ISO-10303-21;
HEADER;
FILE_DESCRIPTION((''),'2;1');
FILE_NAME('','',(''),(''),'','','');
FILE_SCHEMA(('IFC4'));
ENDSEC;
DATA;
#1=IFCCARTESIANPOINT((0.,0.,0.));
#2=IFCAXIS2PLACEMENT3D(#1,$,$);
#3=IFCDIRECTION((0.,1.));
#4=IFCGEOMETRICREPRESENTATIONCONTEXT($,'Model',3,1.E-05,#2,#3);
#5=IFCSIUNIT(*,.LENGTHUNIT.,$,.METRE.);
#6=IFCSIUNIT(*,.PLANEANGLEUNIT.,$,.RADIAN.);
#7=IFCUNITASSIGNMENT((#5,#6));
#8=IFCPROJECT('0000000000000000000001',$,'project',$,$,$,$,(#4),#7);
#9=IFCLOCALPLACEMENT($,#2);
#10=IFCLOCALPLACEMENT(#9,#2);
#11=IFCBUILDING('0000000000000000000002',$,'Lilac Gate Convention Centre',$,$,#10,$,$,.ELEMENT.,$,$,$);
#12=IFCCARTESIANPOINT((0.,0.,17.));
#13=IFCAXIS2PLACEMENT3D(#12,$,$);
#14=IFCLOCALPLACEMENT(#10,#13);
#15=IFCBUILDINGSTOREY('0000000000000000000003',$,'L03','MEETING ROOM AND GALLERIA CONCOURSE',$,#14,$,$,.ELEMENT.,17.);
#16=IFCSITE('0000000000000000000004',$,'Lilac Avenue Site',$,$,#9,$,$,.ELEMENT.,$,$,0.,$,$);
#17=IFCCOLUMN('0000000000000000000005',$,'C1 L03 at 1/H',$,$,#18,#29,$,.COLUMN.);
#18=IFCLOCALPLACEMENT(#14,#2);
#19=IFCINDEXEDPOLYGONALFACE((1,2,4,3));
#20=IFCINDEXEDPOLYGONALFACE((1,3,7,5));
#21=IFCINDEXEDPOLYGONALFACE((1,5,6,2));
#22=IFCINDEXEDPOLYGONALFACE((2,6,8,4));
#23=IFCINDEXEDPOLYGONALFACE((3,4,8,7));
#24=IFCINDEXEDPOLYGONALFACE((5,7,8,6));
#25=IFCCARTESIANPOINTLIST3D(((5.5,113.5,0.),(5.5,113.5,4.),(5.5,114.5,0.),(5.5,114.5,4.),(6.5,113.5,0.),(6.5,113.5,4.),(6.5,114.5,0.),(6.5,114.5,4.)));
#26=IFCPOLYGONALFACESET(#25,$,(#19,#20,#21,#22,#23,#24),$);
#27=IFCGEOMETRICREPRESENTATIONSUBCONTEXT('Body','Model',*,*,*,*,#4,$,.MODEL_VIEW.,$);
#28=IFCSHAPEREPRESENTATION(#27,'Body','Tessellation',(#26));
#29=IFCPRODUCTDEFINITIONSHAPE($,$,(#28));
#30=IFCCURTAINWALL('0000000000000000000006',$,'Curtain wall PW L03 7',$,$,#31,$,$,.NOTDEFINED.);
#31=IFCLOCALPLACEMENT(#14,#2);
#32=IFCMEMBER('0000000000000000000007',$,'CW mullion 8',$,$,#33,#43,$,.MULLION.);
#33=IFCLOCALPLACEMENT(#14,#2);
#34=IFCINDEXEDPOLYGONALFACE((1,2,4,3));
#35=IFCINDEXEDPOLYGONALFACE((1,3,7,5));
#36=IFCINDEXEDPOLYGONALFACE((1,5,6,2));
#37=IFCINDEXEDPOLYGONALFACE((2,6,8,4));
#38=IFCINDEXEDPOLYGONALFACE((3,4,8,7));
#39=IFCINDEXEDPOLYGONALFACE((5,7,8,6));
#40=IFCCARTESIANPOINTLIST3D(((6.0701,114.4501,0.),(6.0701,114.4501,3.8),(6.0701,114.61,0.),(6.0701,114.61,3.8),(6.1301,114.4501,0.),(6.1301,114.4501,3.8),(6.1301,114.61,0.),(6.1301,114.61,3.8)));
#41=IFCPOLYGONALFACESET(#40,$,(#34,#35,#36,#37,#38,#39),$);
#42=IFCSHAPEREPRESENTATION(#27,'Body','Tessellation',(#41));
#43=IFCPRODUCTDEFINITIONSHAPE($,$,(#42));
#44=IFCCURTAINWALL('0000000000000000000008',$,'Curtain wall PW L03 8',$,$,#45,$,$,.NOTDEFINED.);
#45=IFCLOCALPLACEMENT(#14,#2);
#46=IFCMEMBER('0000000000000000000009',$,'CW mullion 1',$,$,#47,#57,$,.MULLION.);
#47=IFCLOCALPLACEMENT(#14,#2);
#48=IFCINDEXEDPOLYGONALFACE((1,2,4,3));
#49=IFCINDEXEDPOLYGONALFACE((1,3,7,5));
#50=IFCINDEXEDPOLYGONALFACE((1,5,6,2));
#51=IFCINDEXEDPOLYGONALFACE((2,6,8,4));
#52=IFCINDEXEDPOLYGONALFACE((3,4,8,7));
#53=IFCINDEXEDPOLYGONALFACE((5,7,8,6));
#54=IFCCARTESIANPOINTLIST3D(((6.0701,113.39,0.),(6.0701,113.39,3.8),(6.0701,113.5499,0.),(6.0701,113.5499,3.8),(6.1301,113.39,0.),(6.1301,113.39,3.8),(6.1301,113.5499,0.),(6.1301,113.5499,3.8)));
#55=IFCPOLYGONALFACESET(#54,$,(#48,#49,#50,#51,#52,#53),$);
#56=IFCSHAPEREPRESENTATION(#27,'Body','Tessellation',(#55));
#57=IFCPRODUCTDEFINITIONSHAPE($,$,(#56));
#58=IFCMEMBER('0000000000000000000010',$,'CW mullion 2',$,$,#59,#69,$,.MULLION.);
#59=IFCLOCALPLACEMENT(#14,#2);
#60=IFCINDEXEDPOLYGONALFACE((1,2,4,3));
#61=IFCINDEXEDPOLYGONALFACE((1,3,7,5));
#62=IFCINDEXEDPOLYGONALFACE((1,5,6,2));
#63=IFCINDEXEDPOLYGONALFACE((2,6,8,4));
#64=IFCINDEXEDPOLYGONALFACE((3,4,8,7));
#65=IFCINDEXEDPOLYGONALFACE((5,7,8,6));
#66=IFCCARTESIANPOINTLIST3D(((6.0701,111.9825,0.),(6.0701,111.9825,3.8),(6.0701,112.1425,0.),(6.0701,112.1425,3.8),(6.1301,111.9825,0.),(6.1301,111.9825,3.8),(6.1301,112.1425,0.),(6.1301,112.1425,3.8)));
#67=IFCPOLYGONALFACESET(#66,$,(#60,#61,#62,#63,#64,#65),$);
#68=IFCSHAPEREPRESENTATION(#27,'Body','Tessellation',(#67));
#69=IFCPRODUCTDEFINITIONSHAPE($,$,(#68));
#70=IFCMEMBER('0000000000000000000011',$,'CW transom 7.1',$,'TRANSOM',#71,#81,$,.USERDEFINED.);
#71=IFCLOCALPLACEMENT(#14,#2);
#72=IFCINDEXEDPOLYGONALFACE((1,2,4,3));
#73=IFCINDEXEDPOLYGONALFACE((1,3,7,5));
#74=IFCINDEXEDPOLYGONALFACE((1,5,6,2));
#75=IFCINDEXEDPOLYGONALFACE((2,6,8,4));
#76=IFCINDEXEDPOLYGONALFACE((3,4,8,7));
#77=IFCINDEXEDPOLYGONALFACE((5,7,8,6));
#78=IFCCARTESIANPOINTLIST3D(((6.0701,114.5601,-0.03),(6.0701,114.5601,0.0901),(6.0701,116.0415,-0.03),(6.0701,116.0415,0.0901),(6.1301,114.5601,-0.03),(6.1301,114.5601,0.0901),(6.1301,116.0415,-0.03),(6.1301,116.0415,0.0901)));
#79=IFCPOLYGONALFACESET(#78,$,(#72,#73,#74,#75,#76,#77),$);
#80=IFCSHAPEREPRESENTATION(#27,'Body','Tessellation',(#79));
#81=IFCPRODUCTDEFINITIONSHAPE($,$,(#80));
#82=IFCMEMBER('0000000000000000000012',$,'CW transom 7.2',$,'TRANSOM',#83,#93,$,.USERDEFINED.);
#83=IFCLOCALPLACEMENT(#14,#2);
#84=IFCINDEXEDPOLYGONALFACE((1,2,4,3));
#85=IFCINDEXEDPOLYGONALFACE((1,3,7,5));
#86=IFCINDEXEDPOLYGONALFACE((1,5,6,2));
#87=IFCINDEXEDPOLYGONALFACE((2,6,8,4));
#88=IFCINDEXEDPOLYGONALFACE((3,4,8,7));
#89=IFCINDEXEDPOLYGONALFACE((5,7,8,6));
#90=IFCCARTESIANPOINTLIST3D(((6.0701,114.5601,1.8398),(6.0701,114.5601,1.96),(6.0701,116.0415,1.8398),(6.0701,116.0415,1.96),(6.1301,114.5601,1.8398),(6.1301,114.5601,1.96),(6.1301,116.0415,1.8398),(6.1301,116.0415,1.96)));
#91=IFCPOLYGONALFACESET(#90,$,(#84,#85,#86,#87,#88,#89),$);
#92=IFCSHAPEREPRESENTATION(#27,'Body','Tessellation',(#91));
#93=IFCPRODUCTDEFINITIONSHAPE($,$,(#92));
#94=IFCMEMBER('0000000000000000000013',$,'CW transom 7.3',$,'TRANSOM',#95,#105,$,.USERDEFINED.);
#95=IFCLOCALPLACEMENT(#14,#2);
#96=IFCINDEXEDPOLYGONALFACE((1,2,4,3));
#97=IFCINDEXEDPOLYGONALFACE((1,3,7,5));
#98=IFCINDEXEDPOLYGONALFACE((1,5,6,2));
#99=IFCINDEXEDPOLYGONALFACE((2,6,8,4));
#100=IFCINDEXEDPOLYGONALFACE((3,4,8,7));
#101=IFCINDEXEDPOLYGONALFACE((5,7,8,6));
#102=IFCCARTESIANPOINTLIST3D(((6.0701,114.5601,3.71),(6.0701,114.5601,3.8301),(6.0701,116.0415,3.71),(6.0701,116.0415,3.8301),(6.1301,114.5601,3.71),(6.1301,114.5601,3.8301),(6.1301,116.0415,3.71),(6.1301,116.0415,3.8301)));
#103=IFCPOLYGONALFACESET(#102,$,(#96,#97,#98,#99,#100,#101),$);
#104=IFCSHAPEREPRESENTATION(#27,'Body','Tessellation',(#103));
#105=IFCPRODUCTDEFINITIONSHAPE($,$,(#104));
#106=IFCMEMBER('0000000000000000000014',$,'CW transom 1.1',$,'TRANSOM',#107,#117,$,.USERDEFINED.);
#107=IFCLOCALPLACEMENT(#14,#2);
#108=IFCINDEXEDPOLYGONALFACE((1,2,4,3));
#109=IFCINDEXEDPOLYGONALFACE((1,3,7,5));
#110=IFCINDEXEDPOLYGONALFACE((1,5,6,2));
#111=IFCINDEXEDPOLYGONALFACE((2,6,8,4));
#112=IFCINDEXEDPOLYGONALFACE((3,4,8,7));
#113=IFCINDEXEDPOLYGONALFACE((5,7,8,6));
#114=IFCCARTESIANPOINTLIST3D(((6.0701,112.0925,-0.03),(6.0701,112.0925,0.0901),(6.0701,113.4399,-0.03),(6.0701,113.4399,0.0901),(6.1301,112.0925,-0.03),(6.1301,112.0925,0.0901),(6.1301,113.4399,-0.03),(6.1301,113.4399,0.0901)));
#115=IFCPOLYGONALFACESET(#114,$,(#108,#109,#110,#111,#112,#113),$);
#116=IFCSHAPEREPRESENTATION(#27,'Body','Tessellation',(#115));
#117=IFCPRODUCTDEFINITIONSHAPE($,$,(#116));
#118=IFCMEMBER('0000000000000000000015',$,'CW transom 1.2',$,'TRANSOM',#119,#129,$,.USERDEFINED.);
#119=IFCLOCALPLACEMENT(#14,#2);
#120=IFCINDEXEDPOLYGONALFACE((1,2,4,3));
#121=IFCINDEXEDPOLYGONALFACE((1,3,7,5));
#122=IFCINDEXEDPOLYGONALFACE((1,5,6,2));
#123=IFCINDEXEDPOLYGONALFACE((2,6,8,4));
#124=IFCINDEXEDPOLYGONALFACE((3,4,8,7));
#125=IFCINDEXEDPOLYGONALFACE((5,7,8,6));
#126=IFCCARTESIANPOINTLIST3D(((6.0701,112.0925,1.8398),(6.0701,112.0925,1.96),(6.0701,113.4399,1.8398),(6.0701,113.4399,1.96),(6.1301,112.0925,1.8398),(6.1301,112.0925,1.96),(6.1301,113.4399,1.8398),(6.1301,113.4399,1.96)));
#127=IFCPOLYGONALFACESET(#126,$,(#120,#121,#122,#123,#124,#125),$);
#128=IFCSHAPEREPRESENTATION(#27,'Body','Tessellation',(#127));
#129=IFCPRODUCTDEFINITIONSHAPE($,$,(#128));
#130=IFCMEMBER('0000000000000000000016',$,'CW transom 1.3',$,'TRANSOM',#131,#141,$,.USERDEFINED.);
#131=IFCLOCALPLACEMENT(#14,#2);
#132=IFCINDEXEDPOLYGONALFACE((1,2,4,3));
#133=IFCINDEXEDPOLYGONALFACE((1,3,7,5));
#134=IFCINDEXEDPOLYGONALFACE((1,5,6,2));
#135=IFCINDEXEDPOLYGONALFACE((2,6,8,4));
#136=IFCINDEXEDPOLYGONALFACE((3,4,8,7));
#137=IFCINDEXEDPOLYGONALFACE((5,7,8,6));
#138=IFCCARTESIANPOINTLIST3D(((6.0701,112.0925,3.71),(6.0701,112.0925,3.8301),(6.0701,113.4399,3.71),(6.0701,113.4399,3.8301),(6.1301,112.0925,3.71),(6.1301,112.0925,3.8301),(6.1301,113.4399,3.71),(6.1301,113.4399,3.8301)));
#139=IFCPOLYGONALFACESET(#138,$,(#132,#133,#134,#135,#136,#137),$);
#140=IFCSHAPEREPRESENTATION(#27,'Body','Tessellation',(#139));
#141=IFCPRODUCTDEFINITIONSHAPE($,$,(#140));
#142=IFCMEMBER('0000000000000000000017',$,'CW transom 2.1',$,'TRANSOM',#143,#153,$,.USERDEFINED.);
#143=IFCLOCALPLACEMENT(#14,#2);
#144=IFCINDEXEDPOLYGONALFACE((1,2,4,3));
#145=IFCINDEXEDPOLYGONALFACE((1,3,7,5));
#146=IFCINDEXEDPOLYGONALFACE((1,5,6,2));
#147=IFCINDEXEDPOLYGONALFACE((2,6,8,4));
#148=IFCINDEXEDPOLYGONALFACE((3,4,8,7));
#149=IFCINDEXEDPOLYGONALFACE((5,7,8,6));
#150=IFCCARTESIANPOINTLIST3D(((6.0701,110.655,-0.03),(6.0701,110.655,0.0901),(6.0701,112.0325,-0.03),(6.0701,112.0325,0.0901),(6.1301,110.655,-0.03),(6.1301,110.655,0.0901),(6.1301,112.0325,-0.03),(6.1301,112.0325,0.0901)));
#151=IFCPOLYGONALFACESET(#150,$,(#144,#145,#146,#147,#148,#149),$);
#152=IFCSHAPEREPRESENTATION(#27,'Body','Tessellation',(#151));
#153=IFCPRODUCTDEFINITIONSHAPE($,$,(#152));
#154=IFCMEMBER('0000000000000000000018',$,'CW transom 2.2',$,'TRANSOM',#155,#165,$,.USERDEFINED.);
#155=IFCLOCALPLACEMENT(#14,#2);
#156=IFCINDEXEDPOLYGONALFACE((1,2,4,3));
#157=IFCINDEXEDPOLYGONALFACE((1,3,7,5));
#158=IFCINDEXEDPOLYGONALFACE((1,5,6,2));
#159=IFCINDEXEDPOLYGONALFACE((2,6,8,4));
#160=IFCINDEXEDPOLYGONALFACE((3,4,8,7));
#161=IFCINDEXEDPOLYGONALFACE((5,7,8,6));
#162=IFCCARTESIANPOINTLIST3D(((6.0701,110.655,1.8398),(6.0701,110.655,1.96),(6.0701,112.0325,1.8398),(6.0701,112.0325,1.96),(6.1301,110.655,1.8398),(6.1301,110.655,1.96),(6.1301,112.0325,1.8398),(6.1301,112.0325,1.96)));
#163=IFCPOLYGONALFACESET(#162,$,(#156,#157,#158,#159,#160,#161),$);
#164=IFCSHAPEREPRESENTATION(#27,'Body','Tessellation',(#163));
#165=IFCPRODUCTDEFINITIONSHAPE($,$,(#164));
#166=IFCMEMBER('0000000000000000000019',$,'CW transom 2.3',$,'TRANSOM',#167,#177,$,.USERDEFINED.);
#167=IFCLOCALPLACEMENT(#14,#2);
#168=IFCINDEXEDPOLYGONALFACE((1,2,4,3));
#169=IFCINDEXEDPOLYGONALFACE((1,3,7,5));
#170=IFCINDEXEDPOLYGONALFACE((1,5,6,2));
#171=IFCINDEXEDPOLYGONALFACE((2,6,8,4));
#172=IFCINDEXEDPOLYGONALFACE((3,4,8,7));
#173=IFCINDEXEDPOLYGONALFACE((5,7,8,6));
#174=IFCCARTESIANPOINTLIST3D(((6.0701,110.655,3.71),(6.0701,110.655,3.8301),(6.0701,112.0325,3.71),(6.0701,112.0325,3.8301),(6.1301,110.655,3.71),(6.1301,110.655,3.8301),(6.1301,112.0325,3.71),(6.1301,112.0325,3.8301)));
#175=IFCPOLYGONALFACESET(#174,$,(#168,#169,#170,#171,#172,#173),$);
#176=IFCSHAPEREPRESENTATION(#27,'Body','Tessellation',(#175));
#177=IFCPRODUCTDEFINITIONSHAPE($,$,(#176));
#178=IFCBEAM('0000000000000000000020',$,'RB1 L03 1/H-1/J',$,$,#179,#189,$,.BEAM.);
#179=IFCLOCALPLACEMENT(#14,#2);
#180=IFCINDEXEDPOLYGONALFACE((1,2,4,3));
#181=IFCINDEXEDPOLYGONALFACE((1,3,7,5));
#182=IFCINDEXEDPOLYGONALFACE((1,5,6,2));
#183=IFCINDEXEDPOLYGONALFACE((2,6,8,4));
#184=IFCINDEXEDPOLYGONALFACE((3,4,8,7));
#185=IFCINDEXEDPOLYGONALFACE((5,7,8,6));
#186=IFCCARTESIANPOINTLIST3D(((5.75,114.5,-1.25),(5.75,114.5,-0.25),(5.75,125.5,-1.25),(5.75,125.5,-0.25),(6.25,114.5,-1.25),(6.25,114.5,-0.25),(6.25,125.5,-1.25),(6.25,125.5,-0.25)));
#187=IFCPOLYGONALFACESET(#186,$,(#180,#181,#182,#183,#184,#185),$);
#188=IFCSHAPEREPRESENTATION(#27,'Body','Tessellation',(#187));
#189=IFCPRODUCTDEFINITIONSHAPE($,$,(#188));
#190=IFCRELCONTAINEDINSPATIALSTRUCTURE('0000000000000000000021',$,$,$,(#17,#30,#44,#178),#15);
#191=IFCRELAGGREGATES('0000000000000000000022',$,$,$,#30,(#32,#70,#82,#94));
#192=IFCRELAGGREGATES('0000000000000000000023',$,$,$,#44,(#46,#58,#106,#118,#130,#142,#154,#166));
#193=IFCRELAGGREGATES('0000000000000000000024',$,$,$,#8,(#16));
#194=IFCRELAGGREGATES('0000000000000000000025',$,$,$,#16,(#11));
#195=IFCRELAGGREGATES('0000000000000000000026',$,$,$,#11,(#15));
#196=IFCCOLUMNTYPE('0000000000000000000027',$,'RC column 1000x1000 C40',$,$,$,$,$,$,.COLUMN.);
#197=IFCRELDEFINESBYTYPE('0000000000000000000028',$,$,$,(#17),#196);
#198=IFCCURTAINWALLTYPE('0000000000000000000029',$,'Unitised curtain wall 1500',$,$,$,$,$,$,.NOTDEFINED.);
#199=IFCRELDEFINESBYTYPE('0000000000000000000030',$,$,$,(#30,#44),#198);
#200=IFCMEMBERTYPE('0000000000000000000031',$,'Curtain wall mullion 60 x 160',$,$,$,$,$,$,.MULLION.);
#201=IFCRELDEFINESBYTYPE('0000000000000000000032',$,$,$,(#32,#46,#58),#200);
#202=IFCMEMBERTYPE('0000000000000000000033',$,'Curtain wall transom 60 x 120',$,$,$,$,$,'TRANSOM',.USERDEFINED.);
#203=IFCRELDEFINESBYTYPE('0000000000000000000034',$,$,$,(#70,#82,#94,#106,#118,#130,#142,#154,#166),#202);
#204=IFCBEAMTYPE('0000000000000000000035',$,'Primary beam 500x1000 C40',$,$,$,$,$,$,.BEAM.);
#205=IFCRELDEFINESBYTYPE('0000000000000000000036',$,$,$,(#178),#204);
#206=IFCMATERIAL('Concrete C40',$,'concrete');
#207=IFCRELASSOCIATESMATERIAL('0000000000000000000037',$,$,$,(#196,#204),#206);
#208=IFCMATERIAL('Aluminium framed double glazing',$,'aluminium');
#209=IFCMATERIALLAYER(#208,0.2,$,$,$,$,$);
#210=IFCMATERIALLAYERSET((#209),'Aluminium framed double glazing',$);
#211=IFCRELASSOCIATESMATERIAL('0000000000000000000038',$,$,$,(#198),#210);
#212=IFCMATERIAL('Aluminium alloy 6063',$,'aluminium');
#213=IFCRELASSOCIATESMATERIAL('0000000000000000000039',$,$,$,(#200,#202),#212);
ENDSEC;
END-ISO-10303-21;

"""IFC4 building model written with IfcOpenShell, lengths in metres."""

from ifc_helpers import new_model, si_unit, direction, frame, origin, origin_2d, place, context, subcontext, project, spatial, rectangle, extrude, material, layer, layer_set, material_profile, profile_set, type_object, element, aggregate, save


model = new_model("IFC4")

# Units and contexts
model_context = context("Model", 3, precision=1e-05, world=origin(), true_north=direction((0.0, 1.0)))
body_context = subcontext(model_context, "Body", "Model", "MODEL_VIEW")
ifc_project = project(units=[si_unit("LENGTHUNIT", "METRE"), si_unit("PLANEANGLEUNIT", "RADIAN")], contexts=[model_context])

# Site, building, storey
site_placement = place(None, origin())
site = spatial("IfcSite", under=ifc_project, at=site_placement, Name="Lilac Avenue Site", CompositionType="ELEMENT", RefElevation=0.0)
building_placement = place(site_placement, origin())
building = spatial("IfcBuilding", under=site, at=building_placement, Name="Lilac Gate Convention Centre", CompositionType="ELEMENT")
storey_placement = place(building_placement, frame((0.0, 0.0, 17.0)))
storey = spatial("IfcBuildingStorey", under=building, at=storey_placement, Name="L03", Description="MEETING ROOM AND GALLERIA CONCOURSE", CompositionType="ELEMENT", Elevation=17.0)

# Column
ifc_material_1 = material(Name="Concrete C40", Category="concrete")
ifc_material_profile_1 = material_profile(ifc_material_1, rectangle(XDim=1.0, YDim=1.0, at=origin_2d()), Name="RC 1000x1000")
ifc_profile_set_1 = profile_set([ifc_material_profile_1], Name="Concrete C40")
column_type = type_object("IfcColumnType", Name="RC column 1000x1000 C40", PredefinedType="COLUMN", material=ifc_profile_set_1)
column_placement = place(storey_placement, frame((6.0, 114.0, 0.0), z_axis=(0.0, 0.0, 1.0), x_axis=(1.0, 0.0, 0.0)))
element("IfcColumn", 1, at=column_placement, inside=storey, type_object=column_type, Name="C1 L03 at 1/H", PredefinedType="COLUMN", context=body_context, shape_type="SweptSolid", body=[
    extrude(rectangle(XDim=1.0, YDim=1.0, at=origin_2d()), origin(), (0.0, 0.0, 1.0), 4.0),
])

# Curtain wall, member
ifc_material_2 = material(Name="Aluminium framed double glazing", Category="aluminium")
ifc_layer_1 = layer(ifc_material_2, 0.2)
ifc_layer_set_1 = layer_set([ifc_layer_1], Name="Aluminium framed double glazing")
curtain_wall_type = type_object("IfcCurtainWallType", Name="Unitised curtain wall 1500", PredefinedType="NOTDEFINED", material=ifc_layer_set_1)
curtain_wall_1_placement = place(storey_placement, origin())
curtain_wall_1 = element("IfcCurtainWall", 2, at=curtain_wall_1_placement, inside=storey, type_object=curtain_wall_type, Name="Curtain wall PW L03 7", PredefinedType="NOTDEFINED")
ifc_material_3 = material(Name="Aluminium alloy 6063", Category="aluminium")
ifc_material_profile_2 = material_profile(ifc_material_3, rectangle(XDim=0.0601, YDim=0.1599, at=origin_2d()), Name="Curtain wall mullion 60 x 160")
ifc_profile_set_2 = profile_set([ifc_material_profile_2], Name="Aluminium alloy 6063")
member_type_1 = type_object("IfcMemberType", Name="Curtain wall mullion 60 x 160", PredefinedType="MULLION", material=ifc_profile_set_2)
member_1_placement = place(storey_placement, frame((6.1001, 114.53, 0.0), z_axis=(0.0, 0.0, 1.0), x_axis=(1.0, 0.0, 0.0)))
member_1 = element("IfcMember", 3, at=member_1_placement, type_object=member_type_1, Name="CW mullion 8", PredefinedType="MULLION", context=body_context, shape_type="SweptSolid", body=[
    extrude(rectangle(XDim=0.0601, YDim=0.1599, at=origin_2d()), origin(), (0.0, 0.0, 1.0), 3.8),
])

# Curtain wall, members
curtain_wall_2_placement = place(storey_placement, origin())
curtain_wall_2 = element("IfcCurtainWall", 4, at=curtain_wall_2_placement, inside=storey, type_object=curtain_wall_type, Name="Curtain wall PW L03 8", PredefinedType="NOTDEFINED")
member_2_placement = place(storey_placement, frame((6.1001, 113.47, 0.0), z_axis=(0.0, 0.0, 1.0), x_axis=(1.0, 0.0, 0.0)))
member_2 = element("IfcMember", 5, at=member_2_placement, type_object=member_type_1, Name="CW mullion 1", PredefinedType="MULLION", context=body_context, shape_type="SweptSolid", body=[
    extrude(rectangle(XDim=0.0601, YDim=0.1599, at=origin_2d()), origin(), (0.0, 0.0, 1.0), 3.8),
])
member_3_placement = place(storey_placement, frame((6.1001, 112.0625, 0.0), z_axis=(0.0, 0.0, 1.0), x_axis=(1.0, 0.0, 0.0)))
member_3 = element("IfcMember", 6, at=member_3_placement, type_object=member_type_1, Name="CW mullion 2", PredefinedType="MULLION", context=body_context, shape_type="SweptSolid", body=[
    extrude(rectangle(XDim=0.0601, YDim=0.1599, at=origin_2d()), origin(), (0.0, 0.0, 1.0), 3.8),
])

# Members
ifc_material_profile_3 = material_profile(ifc_material_3, rectangle(XDim=0.0601, YDim=0.1201, at=origin_2d()), Name="Curtain wall transom 60 x 120")
ifc_profile_set_3 = profile_set([ifc_material_profile_3], Name="Aluminium alloy 6063")
member_type_2 = type_object("IfcMemberType", Name="Curtain wall transom 60 x 120", ElementType="TRANSOM", PredefinedType="USERDEFINED", material=ifc_profile_set_3)
member_4_placement = place(storey_placement, frame((6.1001, 116.0415, 0.03), z_axis=(0.0, -1.0, 0.0), x_axis=(1.0, 0.0, 0.0)))
member_4 = element("IfcMember", 7, at=member_4_placement, type_object=member_type_2, Name="CW transom 7.1", ObjectType="TRANSOM", PredefinedType="USERDEFINED", context=body_context, shape_type="SweptSolid", body=[
    extrude(rectangle(XDim=0.0601, YDim=0.1201, at=origin_2d()), origin(), (0.0, 0.0, 1.0), 1.4814),
])
member_5_placement = place(storey_placement, frame((6.1001, 116.0415, 1.8999), z_axis=(0.0, -1.0, 0.0), x_axis=(1.0, 0.0, 0.0)))
member_5 = element("IfcMember", 8, at=member_5_placement, type_object=member_type_2, Name="CW transom 7.2", ObjectType="TRANSOM", PredefinedType="USERDEFINED", context=body_context, shape_type="SweptSolid", body=[
    extrude(rectangle(XDim=0.0601, YDim=0.1201, at=origin_2d()), origin(), (0.0, 0.0, 1.0), 1.4814),
])
member_6_placement = place(storey_placement, frame((6.1001, 116.0415, 3.77), z_axis=(0.0, -1.0, 0.0), x_axis=(1.0, 0.0, 0.0)))
member_6 = element("IfcMember", 9, at=member_6_placement, type_object=member_type_2, Name="CW transom 7.3", ObjectType="TRANSOM", PredefinedType="USERDEFINED", context=body_context, shape_type="SweptSolid", body=[
    extrude(rectangle(XDim=0.0601, YDim=0.1201, at=origin_2d()), origin(), (0.0, 0.0, 1.0), 1.4814),
])
member_7_placement = place(storey_placement, frame((6.1001, 113.4399, 0.03), z_axis=(0.0, -1.0, 0.0), x_axis=(1.0, 0.0, 0.0)))
member_7 = element("IfcMember", 10, at=member_7_placement, type_object=member_type_2, Name="CW transom 1.1", ObjectType="TRANSOM", PredefinedType="USERDEFINED", context=body_context, shape_type="SweptSolid", body=[
    extrude(rectangle(XDim=0.0601, YDim=0.1201, at=origin_2d()), origin(), (0.0, 0.0, 1.0), 1.3474),
])
member_8_placement = place(storey_placement, frame((6.1001, 113.4399, 1.8999), z_axis=(0.0, -1.0, 0.0), x_axis=(1.0, 0.0, 0.0)))
member_8 = element("IfcMember", 11, at=member_8_placement, type_object=member_type_2, Name="CW transom 1.2", ObjectType="TRANSOM", PredefinedType="USERDEFINED", context=body_context, shape_type="SweptSolid", body=[
    extrude(rectangle(XDim=0.0601, YDim=0.1201, at=origin_2d()), origin(), (0.0, 0.0, 1.0), 1.3474),
])
member_9_placement = place(storey_placement, frame((6.1001, 113.4399, 3.77), z_axis=(0.0, -1.0, 0.0), x_axis=(1.0, 0.0, 0.0)))
member_9 = element("IfcMember", 12, at=member_9_placement, type_object=member_type_2, Name="CW transom 1.3", ObjectType="TRANSOM", PredefinedType="USERDEFINED", context=body_context, shape_type="SweptSolid", body=[
    extrude(rectangle(XDim=0.0601, YDim=0.1201, at=origin_2d()), origin(), (0.0, 0.0, 1.0), 1.3474),
])
member_10_placement = place(storey_placement, frame((6.1001, 112.0325, 0.03), z_axis=(0.0, -1.0, 0.0), x_axis=(1.0, 0.0, 0.0)))
member_10 = element("IfcMember", 13, at=member_10_placement, type_object=member_type_2, Name="CW transom 2.1", ObjectType="TRANSOM", PredefinedType="USERDEFINED", context=body_context, shape_type="SweptSolid", body=[
    extrude(rectangle(XDim=0.0601, YDim=0.1201, at=origin_2d()), origin(), (0.0, 0.0, 1.0), 1.3774),
])
member_11_placement = place(storey_placement, frame((6.1001, 112.0325, 1.8999), z_axis=(0.0, -1.0, 0.0), x_axis=(1.0, 0.0, 0.0)))
member_11 = element("IfcMember", 14, at=member_11_placement, type_object=member_type_2, Name="CW transom 2.2", ObjectType="TRANSOM", PredefinedType="USERDEFINED", context=body_context, shape_type="SweptSolid", body=[
    extrude(rectangle(XDim=0.0601, YDim=0.1201, at=origin_2d()), origin(), (0.0, 0.0, 1.0), 1.3774),
])
member_12_placement = place(storey_placement, frame((6.1001, 112.0325, 3.77), z_axis=(0.0, -1.0, 0.0), x_axis=(1.0, 0.0, 0.0)))
member_12 = element("IfcMember", 15, at=member_12_placement, type_object=member_type_2, Name="CW transom 2.3", ObjectType="TRANSOM", PredefinedType="USERDEFINED", context=body_context, shape_type="SweptSolid", body=[
    extrude(rectangle(XDim=0.0601, YDim=0.1201, at=origin_2d()), origin(), (0.0, 0.0, 1.0), 1.3774),
])

# Beam
ifc_material_profile_4 = material_profile(ifc_material_1, rectangle(XDim=0.5, YDim=1.0, at=origin_2d()), Name="RC 500x1000")
ifc_profile_set_4 = profile_set([ifc_material_profile_4], Name="Concrete C40")
beam_type = type_object("IfcBeamType", Name="Primary beam 500x1000 C40", PredefinedType="BEAM", material=ifc_profile_set_4)
beam_placement = place(storey_placement, frame((6.0, 114.5, -0.75), z_axis=(0.0, 1.0, 0.0), x_axis=(-1.0, 0.0, 0.0)))
element("IfcBeam", 16, at=beam_placement, inside=storey, type_object=beam_type, Name="RB1 L03 1/H-1/J", PredefinedType="BEAM", context=body_context, shape_type="SweptSolid", body=[
    extrude(rectangle(XDim=0.5, YDim=1.0, at=origin_2d()), origin(), (0.0, 0.0, 1.0), 11.0),
])

aggregate(curtain_wall_1, [member_1, member_4, member_5, member_6])
aggregate(curtain_wall_2, [member_2, member_3, member_7, member_8, member_9, member_10, member_11, member_12])

save(model, "model.ifc")
